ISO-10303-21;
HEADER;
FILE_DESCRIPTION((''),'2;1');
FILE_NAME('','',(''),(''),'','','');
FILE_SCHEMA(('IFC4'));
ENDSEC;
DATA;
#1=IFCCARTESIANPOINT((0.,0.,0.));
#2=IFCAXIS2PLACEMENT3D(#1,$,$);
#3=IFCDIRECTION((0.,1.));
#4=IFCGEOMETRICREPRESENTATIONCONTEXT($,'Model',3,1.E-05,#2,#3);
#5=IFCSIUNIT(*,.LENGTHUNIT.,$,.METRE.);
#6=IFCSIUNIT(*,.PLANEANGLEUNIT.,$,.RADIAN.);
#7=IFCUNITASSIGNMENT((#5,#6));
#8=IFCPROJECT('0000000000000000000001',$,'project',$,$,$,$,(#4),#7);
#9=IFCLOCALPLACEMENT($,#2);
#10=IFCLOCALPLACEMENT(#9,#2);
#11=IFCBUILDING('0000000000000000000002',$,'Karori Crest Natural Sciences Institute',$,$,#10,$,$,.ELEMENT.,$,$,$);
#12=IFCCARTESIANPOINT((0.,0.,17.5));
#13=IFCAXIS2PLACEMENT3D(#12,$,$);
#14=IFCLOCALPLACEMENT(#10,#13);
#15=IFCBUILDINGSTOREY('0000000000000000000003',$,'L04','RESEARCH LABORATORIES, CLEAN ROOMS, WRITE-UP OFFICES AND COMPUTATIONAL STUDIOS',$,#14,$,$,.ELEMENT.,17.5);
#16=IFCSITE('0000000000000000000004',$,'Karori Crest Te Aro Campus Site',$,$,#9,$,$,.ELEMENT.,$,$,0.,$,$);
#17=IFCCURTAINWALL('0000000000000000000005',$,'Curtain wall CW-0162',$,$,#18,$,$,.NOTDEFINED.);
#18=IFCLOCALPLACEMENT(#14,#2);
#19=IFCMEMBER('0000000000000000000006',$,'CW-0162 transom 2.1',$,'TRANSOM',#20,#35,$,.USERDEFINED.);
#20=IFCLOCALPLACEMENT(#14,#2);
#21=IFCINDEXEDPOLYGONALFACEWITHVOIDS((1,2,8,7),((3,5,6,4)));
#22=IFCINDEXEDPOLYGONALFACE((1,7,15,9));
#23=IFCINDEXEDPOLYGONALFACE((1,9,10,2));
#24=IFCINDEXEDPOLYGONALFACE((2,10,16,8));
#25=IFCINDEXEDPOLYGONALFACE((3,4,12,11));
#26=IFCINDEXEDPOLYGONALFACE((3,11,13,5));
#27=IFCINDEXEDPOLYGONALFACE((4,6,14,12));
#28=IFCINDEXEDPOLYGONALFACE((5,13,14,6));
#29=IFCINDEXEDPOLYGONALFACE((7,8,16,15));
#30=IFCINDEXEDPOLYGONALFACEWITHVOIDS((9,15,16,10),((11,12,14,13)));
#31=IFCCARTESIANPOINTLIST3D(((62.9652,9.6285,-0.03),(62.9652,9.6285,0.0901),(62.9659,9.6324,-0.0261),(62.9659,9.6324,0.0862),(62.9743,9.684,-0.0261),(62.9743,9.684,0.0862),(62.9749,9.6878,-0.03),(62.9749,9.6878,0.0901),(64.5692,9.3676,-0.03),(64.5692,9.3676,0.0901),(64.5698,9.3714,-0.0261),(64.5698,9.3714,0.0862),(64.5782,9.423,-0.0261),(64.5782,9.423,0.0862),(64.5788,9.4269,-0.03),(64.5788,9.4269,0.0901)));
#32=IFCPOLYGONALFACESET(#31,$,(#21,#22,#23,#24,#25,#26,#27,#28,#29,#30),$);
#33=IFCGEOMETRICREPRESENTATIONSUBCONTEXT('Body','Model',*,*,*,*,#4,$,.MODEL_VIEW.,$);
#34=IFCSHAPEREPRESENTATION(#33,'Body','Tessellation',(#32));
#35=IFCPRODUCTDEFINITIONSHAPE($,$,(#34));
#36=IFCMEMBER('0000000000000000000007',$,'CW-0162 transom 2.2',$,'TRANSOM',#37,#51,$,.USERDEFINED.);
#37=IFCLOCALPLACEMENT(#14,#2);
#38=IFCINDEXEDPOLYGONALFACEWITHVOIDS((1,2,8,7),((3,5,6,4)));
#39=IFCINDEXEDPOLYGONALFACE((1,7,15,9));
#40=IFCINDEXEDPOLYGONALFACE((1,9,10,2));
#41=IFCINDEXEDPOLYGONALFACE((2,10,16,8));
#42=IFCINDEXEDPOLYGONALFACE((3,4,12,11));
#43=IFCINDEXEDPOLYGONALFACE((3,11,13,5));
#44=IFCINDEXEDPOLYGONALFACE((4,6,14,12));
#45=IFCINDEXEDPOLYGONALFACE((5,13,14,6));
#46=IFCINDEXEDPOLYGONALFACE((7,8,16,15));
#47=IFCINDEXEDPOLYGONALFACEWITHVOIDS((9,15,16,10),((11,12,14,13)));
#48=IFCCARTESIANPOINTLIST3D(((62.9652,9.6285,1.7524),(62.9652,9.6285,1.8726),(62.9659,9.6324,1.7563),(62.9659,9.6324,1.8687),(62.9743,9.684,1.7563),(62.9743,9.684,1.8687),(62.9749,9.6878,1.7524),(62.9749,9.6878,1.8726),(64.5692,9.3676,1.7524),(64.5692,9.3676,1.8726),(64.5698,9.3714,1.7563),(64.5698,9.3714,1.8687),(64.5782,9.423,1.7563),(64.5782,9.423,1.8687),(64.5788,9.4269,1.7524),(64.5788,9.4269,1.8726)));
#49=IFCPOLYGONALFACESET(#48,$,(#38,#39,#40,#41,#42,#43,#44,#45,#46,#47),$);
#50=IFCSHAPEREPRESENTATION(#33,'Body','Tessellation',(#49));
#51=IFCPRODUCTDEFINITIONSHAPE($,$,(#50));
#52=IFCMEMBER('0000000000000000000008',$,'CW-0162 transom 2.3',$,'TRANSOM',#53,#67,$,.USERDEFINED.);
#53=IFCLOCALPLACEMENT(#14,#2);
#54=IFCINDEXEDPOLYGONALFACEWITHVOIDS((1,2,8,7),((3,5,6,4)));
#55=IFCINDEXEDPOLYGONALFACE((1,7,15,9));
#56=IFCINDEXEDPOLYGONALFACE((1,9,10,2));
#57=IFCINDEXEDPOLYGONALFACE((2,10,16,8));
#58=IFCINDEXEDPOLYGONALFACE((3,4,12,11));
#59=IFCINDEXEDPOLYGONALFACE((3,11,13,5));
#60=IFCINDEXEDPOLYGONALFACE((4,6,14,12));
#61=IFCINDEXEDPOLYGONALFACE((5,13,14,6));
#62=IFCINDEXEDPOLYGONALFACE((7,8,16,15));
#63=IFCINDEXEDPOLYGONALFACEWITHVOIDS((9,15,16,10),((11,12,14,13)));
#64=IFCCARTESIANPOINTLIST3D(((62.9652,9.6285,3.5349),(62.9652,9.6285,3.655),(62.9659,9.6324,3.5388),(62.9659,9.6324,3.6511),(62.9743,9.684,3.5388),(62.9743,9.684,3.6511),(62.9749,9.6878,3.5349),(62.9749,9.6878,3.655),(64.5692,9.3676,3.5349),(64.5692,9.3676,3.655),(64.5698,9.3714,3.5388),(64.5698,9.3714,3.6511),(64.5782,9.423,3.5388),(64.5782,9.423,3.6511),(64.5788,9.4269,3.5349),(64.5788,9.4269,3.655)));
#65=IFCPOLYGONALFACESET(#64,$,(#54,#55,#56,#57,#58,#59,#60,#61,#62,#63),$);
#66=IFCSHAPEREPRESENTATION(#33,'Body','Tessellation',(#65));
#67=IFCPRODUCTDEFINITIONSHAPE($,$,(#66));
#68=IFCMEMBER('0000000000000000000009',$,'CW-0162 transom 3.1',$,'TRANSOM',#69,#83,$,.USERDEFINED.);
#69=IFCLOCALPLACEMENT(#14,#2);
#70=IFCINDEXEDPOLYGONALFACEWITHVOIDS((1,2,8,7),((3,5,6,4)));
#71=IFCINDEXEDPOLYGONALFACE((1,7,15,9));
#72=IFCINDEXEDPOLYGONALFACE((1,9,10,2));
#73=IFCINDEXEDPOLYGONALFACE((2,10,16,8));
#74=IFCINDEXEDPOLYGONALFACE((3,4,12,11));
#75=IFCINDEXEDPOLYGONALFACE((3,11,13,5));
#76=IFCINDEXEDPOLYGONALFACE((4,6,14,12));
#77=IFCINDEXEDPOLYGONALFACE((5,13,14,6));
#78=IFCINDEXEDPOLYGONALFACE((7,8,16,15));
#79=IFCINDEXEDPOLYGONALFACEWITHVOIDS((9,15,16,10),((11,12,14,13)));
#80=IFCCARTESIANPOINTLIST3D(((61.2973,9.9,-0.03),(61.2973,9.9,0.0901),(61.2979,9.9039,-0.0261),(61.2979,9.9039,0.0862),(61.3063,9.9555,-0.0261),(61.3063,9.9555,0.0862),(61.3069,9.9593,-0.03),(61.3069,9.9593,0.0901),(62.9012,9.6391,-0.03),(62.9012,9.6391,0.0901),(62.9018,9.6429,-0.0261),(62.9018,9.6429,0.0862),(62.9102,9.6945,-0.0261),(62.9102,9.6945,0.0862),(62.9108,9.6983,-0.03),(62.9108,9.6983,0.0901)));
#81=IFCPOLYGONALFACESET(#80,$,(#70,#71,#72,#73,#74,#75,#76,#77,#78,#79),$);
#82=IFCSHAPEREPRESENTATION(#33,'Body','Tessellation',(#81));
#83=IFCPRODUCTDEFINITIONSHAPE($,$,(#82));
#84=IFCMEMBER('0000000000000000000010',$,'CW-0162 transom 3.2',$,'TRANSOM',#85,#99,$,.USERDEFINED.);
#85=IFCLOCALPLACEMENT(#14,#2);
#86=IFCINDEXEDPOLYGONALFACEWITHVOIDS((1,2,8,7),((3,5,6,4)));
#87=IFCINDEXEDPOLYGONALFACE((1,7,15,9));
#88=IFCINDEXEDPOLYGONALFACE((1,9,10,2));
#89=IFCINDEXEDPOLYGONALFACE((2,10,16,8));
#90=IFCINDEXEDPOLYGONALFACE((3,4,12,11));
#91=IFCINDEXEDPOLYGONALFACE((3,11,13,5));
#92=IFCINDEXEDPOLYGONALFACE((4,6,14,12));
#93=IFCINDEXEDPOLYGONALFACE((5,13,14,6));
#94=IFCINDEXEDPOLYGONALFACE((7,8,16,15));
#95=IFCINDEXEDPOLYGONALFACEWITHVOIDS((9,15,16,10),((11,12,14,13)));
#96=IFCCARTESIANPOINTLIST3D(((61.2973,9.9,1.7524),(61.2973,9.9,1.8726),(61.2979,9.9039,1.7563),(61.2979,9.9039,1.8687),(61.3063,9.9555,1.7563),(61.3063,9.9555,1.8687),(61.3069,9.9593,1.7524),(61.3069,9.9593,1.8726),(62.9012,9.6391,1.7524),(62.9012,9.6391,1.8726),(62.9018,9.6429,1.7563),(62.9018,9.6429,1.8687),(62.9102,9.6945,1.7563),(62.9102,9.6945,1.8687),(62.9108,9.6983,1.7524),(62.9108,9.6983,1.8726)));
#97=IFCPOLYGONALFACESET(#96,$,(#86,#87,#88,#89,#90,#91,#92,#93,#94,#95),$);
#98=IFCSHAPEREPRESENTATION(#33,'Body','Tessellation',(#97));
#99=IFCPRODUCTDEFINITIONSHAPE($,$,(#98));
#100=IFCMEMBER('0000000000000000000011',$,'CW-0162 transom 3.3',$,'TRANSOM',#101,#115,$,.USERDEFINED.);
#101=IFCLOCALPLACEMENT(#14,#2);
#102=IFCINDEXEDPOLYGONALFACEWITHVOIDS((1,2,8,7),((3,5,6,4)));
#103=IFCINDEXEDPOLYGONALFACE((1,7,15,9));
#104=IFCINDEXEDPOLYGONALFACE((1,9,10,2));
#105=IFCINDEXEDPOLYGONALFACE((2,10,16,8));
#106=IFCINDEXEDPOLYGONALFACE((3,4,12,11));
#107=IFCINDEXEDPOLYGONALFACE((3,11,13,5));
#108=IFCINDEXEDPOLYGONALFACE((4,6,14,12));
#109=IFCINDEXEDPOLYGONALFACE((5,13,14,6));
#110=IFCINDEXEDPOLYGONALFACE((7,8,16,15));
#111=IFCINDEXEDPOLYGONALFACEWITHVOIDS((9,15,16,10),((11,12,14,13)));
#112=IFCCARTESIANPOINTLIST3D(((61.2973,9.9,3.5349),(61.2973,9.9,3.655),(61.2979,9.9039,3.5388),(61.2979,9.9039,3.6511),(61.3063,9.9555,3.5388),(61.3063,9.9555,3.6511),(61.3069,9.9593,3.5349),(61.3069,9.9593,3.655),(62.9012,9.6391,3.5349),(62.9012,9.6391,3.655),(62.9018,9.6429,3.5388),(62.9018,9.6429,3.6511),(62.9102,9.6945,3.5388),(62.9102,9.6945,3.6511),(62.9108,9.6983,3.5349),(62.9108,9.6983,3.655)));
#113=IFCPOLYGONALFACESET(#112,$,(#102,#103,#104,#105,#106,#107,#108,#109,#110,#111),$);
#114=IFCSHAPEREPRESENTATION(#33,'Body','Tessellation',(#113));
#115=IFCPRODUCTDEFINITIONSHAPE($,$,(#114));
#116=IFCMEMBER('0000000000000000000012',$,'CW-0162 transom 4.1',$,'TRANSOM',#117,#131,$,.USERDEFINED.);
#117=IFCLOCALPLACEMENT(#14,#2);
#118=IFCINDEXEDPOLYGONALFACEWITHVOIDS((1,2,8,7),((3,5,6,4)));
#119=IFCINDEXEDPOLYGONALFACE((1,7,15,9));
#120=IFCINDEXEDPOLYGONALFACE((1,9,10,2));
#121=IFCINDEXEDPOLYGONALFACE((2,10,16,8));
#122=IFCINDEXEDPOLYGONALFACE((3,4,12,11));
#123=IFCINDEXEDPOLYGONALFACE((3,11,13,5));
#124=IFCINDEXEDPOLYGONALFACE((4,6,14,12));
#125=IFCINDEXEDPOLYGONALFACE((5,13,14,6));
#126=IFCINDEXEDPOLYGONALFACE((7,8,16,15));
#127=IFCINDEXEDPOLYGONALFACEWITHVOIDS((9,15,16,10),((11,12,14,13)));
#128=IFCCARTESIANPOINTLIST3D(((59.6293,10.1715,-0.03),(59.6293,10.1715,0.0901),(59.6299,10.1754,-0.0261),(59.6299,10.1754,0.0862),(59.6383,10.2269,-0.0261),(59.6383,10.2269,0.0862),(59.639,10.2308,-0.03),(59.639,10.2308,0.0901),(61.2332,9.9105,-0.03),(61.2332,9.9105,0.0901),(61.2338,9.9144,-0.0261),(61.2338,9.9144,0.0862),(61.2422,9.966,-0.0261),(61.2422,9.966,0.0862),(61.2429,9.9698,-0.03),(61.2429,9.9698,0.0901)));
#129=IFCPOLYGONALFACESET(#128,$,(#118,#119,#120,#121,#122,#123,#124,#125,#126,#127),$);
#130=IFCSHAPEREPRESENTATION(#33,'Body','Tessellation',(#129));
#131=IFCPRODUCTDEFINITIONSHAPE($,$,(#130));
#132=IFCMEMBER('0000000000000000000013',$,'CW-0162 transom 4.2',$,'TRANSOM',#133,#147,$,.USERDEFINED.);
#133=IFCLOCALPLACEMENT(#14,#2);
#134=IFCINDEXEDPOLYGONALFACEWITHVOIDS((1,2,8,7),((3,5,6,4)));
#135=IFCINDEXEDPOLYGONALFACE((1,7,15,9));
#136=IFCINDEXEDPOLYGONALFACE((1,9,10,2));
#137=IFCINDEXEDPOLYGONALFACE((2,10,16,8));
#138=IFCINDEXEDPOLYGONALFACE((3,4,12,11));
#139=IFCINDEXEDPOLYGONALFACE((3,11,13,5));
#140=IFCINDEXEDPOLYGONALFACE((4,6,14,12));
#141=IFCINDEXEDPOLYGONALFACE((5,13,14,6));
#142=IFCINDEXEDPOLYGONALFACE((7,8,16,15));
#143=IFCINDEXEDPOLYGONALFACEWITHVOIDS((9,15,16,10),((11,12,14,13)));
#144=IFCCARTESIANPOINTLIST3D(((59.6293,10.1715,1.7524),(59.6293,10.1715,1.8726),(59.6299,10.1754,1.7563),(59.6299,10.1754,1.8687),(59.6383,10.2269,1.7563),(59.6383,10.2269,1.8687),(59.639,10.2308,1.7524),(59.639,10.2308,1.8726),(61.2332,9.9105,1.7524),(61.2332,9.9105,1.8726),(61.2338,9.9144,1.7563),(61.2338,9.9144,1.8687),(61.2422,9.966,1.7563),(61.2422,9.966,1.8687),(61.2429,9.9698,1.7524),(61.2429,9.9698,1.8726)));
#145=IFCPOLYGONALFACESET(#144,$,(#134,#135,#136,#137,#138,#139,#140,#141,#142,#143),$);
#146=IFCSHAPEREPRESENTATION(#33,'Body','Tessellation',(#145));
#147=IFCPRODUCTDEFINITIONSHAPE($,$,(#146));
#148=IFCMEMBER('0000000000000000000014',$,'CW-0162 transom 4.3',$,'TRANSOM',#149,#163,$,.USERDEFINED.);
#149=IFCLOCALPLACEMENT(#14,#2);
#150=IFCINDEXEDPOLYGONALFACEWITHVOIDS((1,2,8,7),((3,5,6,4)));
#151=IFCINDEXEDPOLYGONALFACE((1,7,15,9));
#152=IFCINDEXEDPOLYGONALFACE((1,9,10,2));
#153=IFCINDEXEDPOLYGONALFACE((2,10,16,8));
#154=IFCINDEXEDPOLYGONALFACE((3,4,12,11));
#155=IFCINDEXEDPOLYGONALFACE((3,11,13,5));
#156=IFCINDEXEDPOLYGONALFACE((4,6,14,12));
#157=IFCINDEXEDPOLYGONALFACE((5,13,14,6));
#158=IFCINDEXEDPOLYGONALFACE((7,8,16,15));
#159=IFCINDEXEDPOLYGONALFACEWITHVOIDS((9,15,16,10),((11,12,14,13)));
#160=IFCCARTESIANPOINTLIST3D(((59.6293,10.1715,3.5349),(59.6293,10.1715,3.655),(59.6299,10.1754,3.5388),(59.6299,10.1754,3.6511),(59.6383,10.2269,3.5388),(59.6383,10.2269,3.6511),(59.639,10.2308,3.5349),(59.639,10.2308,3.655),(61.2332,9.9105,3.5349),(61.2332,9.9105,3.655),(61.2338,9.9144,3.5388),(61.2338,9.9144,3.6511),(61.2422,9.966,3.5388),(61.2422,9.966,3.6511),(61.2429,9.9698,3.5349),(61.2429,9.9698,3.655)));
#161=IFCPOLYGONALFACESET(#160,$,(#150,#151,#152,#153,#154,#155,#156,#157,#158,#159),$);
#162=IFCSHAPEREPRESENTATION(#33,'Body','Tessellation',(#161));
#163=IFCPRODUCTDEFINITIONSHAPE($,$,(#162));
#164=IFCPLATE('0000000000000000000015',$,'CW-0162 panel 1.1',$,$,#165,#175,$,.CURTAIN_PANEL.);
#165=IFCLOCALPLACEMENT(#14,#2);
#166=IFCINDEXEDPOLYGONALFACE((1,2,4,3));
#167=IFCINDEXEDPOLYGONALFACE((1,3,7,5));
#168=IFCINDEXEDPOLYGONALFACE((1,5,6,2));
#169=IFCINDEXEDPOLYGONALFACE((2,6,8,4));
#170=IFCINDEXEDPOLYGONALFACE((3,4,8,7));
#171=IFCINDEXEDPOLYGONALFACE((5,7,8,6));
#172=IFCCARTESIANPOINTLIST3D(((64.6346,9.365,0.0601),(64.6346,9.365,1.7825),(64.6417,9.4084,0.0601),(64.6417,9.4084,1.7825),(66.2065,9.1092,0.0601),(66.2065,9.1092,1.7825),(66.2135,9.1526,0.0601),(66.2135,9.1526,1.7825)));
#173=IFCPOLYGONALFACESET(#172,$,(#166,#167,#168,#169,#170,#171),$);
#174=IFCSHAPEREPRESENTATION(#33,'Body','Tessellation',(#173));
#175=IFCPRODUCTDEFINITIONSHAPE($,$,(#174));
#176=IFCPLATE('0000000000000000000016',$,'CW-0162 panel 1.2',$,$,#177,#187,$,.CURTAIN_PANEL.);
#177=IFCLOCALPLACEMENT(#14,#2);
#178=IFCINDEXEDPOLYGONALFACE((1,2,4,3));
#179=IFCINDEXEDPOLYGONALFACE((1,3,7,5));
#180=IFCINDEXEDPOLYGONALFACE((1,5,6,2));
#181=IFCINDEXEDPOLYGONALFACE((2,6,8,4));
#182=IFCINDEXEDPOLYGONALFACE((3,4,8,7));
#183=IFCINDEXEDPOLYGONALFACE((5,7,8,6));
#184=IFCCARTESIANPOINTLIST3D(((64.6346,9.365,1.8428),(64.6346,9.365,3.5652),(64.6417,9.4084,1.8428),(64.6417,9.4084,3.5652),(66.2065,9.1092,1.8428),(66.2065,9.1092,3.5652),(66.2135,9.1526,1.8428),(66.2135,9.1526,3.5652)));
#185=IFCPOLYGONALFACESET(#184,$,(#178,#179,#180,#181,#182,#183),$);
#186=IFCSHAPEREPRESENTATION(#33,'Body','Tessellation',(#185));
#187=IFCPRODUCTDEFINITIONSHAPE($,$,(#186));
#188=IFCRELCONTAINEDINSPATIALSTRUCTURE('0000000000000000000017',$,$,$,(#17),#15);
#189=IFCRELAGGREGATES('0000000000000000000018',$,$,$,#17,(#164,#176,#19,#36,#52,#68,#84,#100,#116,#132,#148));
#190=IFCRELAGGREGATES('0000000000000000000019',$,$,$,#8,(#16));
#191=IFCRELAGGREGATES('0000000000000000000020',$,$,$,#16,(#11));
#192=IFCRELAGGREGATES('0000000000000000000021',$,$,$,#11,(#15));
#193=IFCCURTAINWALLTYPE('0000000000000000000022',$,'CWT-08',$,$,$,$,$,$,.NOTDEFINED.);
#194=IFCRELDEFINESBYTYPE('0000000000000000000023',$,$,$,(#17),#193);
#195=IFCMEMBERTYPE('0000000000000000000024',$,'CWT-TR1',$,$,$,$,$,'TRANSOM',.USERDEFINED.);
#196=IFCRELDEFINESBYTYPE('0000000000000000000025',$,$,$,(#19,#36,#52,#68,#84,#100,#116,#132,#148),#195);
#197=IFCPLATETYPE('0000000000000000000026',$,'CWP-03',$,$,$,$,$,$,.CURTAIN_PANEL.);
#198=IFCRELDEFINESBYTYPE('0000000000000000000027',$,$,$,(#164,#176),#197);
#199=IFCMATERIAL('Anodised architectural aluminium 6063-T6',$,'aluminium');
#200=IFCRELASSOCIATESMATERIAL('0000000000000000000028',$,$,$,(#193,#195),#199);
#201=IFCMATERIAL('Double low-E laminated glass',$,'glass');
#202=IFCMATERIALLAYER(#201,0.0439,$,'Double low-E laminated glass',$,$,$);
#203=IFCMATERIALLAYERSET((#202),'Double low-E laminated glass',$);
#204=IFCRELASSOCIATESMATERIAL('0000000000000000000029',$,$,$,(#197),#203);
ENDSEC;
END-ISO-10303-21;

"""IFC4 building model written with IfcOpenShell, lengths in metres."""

from ifc_helpers import new_model, si_unit, direction, frame, origin, origin_2d, place, context, subcontext, project, spatial, rectangle, hollow_rectangle, extrude, material, layer, layer_set, material_profile, profile_set, type_object, element, aggregate, save


model = new_model("IFC4")

# Units and contexts
model_context = context("Model", 3, precision=1e-05, world=origin(), true_north=direction((0.0, 1.0)))
body_context = subcontext(model_context, "Body", "Model", "MODEL_VIEW")
ifc_project = project(units=[si_unit("LENGTHUNIT", "METRE"), si_unit("PLANEANGLEUNIT", "RADIAN")], contexts=[model_context])

# Site, building, storey
site_placement = place(None, origin())
site = spatial("IfcSite", under=ifc_project, at=site_placement, Name="Karori Crest Te Aro Campus Site", CompositionType="ELEMENT", RefElevation=0.0)
building_placement = place(site_placement, origin())
building = spatial("IfcBuilding", under=site, at=building_placement, Name="Karori Crest Natural Sciences Institute", CompositionType="ELEMENT")
storey_placement = place(building_placement, frame((0.0, 0.0, 17.5)))
storey = spatial("IfcBuildingStorey", under=building, at=storey_placement, Name="L04", Description="RESEARCH LABORATORIES, CLEAN ROOMS, WRITE-UP OFFICES AND COMPUTATIONAL STUDIOS", CompositionType="ELEMENT", Elevation=17.5)

# Curtain wall, members, plates
ifc_material_1 = material(Name="Anodised architectural aluminium 6063-T6", Category="aluminium")
curtain_wall_type = type_object("IfcCurtainWallType", Name="CWT-08", PredefinedType="NOTDEFINED", material=ifc_material_1)
curtain_wall_placement = place(storey_placement, origin())
curtain_wall = element("IfcCurtainWall", 1, at=curtain_wall_placement, inside=storey, type_object=curtain_wall_type, Name="Curtain wall CW-0162", PredefinedType="NOTDEFINED")
ifc_material_profile_1 = material_profile(ifc_material_1, hollow_rectangle(XDim=0.0601, YDim=0.1201, WallThickness=0.0039, at=origin_2d()), Name="CWT120x60x4")
ifc_profile_set_1 = profile_set([ifc_material_profile_1], Name="Anodised architectural aluminium 6063-T6")
member_type_1 = type_object("IfcMemberType", Name="CWT-TR1", ElementType="TRANSOM", PredefinedType="USERDEFINED", material=ifc_profile_set_1)
member_1_placement = place(storey_placement, frame((64.574, 9.3972, 0.03), z_axis=(-0.98702, 0.160597, 0.0), x_axis=(-0.160597, -0.98702, 0.0)))
member_1 = element("IfcMember", 2, at=member_1_placement, type_object=member_type_1, Name="CW-0162 transom 2.1", ObjectType="TRANSOM", PredefinedType="USERDEFINED", context=body_context, shape_type="SweptSolid", body=[
    extrude(hollow_rectangle(XDim=0.0601, YDim=0.1201, WallThickness=0.0039, at=origin_2d()), origin(), (0.0, 0.0, 1.0), 1.625),
])
member_2_placement = place(storey_placement, frame((64.574, 9.3972, 1.8125), z_axis=(-0.98702, 0.160597, 0.0), x_axis=(-0.160597, -0.98702, 0.0)))
member_2 = element("IfcMember", 3, at=member_2_placement, type_object=member_type_1, Name="CW-0162 transom 2.2", ObjectType="TRANSOM", PredefinedType="USERDEFINED", context=body_context, shape_type="SweptSolid", body=[
    extrude(hollow_rectangle(XDim=0.0601, YDim=0.1201, WallThickness=0.0039, at=origin_2d()), origin(), (0.0, 0.0, 1.0), 1.625),
])
member_3_placement = place(storey_placement, frame((64.574, 9.3972, 3.595), z_axis=(-0.98702, 0.160597, 0.0), x_axis=(-0.160597, -0.98702, 0.0)))
member_3 = element("IfcMember", 4, at=member_3_placement, type_object=member_type_1, Name="CW-0162 transom 2.3", ObjectType="TRANSOM", PredefinedType="USERDEFINED", context=body_context, shape_type="SweptSolid", body=[
    extrude(hollow_rectangle(XDim=0.0601, YDim=0.1201, WallThickness=0.0039, at=origin_2d()), origin(), (0.0, 0.0, 1.0), 1.625),
])
member_4_placement = place(storey_placement, frame((62.906, 9.6687, 0.03), z_axis=(-0.98702, 0.160597, 0.0), x_axis=(-0.160597, -0.98702, 0.0)))
member_4 = element("IfcMember", 5, at=member_4_placement, type_object=member_type_1, Name="CW-0162 transom 3.1", ObjectType="TRANSOM", PredefinedType="USERDEFINED", context=body_context, shape_type="SweptSolid", body=[
    extrude(hollow_rectangle(XDim=0.0601, YDim=0.1201, WallThickness=0.0039, at=origin_2d()), origin(), (0.0, 0.0, 1.0), 1.625),
])
member_5_placement = place(storey_placement, frame((62.906, 9.6687, 1.8125), z_axis=(-0.98702, 0.160597, 0.0), x_axis=(-0.160597, -0.98702, 0.0)))
member_5 = element("IfcMember", 6, at=member_5_placement, type_object=member_type_1, Name="CW-0162 transom 3.2", ObjectType="TRANSOM", PredefinedType="USERDEFINED", context=body_context, shape_type="SweptSolid", body=[
    extrude(hollow_rectangle(XDim=0.0601, YDim=0.1201, WallThickness=0.0039, at=origin_2d()), origin(), (0.0, 0.0, 1.0), 1.625),
])
member_6_placement = place(storey_placement, frame((62.906, 9.6687, 3.595), z_axis=(-0.98702, 0.160597, 0.0), x_axis=(-0.160597, -0.98702, 0.0)))
member_6 = element("IfcMember", 7, at=member_6_placement, type_object=member_type_1, Name="CW-0162 transom 3.3", ObjectType="TRANSOM", PredefinedType="USERDEFINED", context=body_context, shape_type="SweptSolid", body=[
    extrude(hollow_rectangle(XDim=0.0601, YDim=0.1201, WallThickness=0.0039, at=origin_2d()), origin(), (0.0, 0.0, 1.0), 1.625),
])
member_7_placement = place(storey_placement, frame((61.238, 9.9402, 0.03), z_axis=(-0.98702, 0.160597, 0.0), x_axis=(-0.160597, -0.98702, 0.0)))
member_7 = element("IfcMember", 8, at=member_7_placement, type_object=member_type_1, Name="CW-0162 transom 4.1", ObjectType="TRANSOM", PredefinedType="USERDEFINED", context=body_context, shape_type="SweptSolid", body=[
    extrude(hollow_rectangle(XDim=0.0601, YDim=0.1201, WallThickness=0.0039, at=origin_2d()), origin(), (0.0, 0.0, 1.0), 1.625),
])
member_8_placement = place(storey_placement, frame((61.238, 9.9402, 1.8125), z_axis=(-0.98702, 0.160597, 0.0), x_axis=(-0.160597, -0.98702, 0.0)))
member_8 = element("IfcMember", 9, at=member_8_placement, type_object=member_type_1, Name="CW-0162 transom 4.2", ObjectType="TRANSOM", PredefinedType="USERDEFINED", context=body_context, shape_type="SweptSolid", body=[
    extrude(hollow_rectangle(XDim=0.0601, YDim=0.1201, WallThickness=0.0039, at=origin_2d()), origin(), (0.0, 0.0, 1.0), 1.625),
])
member_9_placement = place(storey_placement, frame((61.238, 9.9402, 3.595), z_axis=(-0.98702, 0.160597, 0.0), x_axis=(-0.160597, -0.98702, 0.0)))
member_9 = element("IfcMember", 10, at=member_9_placement, type_object=member_type_1, Name="CW-0162 transom 4.3", ObjectType="TRANSOM", PredefinedType="USERDEFINED", context=body_context, shape_type="SweptSolid", body=[
    extrude(hollow_rectangle(XDim=0.0601, YDim=0.1201, WallThickness=0.0039, at=origin_2d()), origin(), (0.0, 0.0, 1.0), 1.625),
])
ifc_material_2 = material(Name="Double low-E laminated glass", Category="glass")
ifc_layer_1 = layer(ifc_material_2, 0.0439, Name="Double low-E laminated glass")
ifc_layer_set_1 = layer_set([ifc_layer_1], Name="Double low-E laminated glass")
plate_type = type_object("IfcPlateType", Name="CWP-03", PredefinedType="CURTAIN_PANEL", material=ifc_layer_set_1)
plate_1_placement = place(storey_placement, frame((65.4241, 9.2588, 0.0601), z_axis=(0.0, 0.0, 1.0), x_axis=(-0.987011, 0.160655, 0.0)))
plate_1 = element("IfcPlate", 11, at=plate_1_placement, type_object=plate_type, Name="CW-0162 panel 1.1", PredefinedType="CURTAIN_PANEL", context=body_context, shape_type="SweptSolid", body=[
    extrude(rectangle(XDim=1.5925, YDim=0.0439, at=origin_2d()), origin(), (0.0, 0.0, 1.0), 1.7224),
])
plate_2_placement = place(storey_placement, frame((65.4241, 9.2588, 1.8428), z_axis=(0.0, 0.0, 1.0), x_axis=(-0.987011, 0.160655, 0.0)))
plate_2 = element("IfcPlate", 12, at=plate_2_placement, type_object=plate_type, Name="CW-0162 panel 1.2", PredefinedType="CURTAIN_PANEL", context=body_context, shape_type="SweptSolid", body=[
    extrude(rectangle(XDim=1.5925, YDim=0.0439, at=origin_2d()), origin(), (0.0, 0.0, 1.0), 1.7224),
])
aggregate(curtain_wall, [plate_1, plate_2, member_1, member_2, member_3, member_4, member_5, member_6, member_7, member_8, member_9])

save(model, "model.ifc")
